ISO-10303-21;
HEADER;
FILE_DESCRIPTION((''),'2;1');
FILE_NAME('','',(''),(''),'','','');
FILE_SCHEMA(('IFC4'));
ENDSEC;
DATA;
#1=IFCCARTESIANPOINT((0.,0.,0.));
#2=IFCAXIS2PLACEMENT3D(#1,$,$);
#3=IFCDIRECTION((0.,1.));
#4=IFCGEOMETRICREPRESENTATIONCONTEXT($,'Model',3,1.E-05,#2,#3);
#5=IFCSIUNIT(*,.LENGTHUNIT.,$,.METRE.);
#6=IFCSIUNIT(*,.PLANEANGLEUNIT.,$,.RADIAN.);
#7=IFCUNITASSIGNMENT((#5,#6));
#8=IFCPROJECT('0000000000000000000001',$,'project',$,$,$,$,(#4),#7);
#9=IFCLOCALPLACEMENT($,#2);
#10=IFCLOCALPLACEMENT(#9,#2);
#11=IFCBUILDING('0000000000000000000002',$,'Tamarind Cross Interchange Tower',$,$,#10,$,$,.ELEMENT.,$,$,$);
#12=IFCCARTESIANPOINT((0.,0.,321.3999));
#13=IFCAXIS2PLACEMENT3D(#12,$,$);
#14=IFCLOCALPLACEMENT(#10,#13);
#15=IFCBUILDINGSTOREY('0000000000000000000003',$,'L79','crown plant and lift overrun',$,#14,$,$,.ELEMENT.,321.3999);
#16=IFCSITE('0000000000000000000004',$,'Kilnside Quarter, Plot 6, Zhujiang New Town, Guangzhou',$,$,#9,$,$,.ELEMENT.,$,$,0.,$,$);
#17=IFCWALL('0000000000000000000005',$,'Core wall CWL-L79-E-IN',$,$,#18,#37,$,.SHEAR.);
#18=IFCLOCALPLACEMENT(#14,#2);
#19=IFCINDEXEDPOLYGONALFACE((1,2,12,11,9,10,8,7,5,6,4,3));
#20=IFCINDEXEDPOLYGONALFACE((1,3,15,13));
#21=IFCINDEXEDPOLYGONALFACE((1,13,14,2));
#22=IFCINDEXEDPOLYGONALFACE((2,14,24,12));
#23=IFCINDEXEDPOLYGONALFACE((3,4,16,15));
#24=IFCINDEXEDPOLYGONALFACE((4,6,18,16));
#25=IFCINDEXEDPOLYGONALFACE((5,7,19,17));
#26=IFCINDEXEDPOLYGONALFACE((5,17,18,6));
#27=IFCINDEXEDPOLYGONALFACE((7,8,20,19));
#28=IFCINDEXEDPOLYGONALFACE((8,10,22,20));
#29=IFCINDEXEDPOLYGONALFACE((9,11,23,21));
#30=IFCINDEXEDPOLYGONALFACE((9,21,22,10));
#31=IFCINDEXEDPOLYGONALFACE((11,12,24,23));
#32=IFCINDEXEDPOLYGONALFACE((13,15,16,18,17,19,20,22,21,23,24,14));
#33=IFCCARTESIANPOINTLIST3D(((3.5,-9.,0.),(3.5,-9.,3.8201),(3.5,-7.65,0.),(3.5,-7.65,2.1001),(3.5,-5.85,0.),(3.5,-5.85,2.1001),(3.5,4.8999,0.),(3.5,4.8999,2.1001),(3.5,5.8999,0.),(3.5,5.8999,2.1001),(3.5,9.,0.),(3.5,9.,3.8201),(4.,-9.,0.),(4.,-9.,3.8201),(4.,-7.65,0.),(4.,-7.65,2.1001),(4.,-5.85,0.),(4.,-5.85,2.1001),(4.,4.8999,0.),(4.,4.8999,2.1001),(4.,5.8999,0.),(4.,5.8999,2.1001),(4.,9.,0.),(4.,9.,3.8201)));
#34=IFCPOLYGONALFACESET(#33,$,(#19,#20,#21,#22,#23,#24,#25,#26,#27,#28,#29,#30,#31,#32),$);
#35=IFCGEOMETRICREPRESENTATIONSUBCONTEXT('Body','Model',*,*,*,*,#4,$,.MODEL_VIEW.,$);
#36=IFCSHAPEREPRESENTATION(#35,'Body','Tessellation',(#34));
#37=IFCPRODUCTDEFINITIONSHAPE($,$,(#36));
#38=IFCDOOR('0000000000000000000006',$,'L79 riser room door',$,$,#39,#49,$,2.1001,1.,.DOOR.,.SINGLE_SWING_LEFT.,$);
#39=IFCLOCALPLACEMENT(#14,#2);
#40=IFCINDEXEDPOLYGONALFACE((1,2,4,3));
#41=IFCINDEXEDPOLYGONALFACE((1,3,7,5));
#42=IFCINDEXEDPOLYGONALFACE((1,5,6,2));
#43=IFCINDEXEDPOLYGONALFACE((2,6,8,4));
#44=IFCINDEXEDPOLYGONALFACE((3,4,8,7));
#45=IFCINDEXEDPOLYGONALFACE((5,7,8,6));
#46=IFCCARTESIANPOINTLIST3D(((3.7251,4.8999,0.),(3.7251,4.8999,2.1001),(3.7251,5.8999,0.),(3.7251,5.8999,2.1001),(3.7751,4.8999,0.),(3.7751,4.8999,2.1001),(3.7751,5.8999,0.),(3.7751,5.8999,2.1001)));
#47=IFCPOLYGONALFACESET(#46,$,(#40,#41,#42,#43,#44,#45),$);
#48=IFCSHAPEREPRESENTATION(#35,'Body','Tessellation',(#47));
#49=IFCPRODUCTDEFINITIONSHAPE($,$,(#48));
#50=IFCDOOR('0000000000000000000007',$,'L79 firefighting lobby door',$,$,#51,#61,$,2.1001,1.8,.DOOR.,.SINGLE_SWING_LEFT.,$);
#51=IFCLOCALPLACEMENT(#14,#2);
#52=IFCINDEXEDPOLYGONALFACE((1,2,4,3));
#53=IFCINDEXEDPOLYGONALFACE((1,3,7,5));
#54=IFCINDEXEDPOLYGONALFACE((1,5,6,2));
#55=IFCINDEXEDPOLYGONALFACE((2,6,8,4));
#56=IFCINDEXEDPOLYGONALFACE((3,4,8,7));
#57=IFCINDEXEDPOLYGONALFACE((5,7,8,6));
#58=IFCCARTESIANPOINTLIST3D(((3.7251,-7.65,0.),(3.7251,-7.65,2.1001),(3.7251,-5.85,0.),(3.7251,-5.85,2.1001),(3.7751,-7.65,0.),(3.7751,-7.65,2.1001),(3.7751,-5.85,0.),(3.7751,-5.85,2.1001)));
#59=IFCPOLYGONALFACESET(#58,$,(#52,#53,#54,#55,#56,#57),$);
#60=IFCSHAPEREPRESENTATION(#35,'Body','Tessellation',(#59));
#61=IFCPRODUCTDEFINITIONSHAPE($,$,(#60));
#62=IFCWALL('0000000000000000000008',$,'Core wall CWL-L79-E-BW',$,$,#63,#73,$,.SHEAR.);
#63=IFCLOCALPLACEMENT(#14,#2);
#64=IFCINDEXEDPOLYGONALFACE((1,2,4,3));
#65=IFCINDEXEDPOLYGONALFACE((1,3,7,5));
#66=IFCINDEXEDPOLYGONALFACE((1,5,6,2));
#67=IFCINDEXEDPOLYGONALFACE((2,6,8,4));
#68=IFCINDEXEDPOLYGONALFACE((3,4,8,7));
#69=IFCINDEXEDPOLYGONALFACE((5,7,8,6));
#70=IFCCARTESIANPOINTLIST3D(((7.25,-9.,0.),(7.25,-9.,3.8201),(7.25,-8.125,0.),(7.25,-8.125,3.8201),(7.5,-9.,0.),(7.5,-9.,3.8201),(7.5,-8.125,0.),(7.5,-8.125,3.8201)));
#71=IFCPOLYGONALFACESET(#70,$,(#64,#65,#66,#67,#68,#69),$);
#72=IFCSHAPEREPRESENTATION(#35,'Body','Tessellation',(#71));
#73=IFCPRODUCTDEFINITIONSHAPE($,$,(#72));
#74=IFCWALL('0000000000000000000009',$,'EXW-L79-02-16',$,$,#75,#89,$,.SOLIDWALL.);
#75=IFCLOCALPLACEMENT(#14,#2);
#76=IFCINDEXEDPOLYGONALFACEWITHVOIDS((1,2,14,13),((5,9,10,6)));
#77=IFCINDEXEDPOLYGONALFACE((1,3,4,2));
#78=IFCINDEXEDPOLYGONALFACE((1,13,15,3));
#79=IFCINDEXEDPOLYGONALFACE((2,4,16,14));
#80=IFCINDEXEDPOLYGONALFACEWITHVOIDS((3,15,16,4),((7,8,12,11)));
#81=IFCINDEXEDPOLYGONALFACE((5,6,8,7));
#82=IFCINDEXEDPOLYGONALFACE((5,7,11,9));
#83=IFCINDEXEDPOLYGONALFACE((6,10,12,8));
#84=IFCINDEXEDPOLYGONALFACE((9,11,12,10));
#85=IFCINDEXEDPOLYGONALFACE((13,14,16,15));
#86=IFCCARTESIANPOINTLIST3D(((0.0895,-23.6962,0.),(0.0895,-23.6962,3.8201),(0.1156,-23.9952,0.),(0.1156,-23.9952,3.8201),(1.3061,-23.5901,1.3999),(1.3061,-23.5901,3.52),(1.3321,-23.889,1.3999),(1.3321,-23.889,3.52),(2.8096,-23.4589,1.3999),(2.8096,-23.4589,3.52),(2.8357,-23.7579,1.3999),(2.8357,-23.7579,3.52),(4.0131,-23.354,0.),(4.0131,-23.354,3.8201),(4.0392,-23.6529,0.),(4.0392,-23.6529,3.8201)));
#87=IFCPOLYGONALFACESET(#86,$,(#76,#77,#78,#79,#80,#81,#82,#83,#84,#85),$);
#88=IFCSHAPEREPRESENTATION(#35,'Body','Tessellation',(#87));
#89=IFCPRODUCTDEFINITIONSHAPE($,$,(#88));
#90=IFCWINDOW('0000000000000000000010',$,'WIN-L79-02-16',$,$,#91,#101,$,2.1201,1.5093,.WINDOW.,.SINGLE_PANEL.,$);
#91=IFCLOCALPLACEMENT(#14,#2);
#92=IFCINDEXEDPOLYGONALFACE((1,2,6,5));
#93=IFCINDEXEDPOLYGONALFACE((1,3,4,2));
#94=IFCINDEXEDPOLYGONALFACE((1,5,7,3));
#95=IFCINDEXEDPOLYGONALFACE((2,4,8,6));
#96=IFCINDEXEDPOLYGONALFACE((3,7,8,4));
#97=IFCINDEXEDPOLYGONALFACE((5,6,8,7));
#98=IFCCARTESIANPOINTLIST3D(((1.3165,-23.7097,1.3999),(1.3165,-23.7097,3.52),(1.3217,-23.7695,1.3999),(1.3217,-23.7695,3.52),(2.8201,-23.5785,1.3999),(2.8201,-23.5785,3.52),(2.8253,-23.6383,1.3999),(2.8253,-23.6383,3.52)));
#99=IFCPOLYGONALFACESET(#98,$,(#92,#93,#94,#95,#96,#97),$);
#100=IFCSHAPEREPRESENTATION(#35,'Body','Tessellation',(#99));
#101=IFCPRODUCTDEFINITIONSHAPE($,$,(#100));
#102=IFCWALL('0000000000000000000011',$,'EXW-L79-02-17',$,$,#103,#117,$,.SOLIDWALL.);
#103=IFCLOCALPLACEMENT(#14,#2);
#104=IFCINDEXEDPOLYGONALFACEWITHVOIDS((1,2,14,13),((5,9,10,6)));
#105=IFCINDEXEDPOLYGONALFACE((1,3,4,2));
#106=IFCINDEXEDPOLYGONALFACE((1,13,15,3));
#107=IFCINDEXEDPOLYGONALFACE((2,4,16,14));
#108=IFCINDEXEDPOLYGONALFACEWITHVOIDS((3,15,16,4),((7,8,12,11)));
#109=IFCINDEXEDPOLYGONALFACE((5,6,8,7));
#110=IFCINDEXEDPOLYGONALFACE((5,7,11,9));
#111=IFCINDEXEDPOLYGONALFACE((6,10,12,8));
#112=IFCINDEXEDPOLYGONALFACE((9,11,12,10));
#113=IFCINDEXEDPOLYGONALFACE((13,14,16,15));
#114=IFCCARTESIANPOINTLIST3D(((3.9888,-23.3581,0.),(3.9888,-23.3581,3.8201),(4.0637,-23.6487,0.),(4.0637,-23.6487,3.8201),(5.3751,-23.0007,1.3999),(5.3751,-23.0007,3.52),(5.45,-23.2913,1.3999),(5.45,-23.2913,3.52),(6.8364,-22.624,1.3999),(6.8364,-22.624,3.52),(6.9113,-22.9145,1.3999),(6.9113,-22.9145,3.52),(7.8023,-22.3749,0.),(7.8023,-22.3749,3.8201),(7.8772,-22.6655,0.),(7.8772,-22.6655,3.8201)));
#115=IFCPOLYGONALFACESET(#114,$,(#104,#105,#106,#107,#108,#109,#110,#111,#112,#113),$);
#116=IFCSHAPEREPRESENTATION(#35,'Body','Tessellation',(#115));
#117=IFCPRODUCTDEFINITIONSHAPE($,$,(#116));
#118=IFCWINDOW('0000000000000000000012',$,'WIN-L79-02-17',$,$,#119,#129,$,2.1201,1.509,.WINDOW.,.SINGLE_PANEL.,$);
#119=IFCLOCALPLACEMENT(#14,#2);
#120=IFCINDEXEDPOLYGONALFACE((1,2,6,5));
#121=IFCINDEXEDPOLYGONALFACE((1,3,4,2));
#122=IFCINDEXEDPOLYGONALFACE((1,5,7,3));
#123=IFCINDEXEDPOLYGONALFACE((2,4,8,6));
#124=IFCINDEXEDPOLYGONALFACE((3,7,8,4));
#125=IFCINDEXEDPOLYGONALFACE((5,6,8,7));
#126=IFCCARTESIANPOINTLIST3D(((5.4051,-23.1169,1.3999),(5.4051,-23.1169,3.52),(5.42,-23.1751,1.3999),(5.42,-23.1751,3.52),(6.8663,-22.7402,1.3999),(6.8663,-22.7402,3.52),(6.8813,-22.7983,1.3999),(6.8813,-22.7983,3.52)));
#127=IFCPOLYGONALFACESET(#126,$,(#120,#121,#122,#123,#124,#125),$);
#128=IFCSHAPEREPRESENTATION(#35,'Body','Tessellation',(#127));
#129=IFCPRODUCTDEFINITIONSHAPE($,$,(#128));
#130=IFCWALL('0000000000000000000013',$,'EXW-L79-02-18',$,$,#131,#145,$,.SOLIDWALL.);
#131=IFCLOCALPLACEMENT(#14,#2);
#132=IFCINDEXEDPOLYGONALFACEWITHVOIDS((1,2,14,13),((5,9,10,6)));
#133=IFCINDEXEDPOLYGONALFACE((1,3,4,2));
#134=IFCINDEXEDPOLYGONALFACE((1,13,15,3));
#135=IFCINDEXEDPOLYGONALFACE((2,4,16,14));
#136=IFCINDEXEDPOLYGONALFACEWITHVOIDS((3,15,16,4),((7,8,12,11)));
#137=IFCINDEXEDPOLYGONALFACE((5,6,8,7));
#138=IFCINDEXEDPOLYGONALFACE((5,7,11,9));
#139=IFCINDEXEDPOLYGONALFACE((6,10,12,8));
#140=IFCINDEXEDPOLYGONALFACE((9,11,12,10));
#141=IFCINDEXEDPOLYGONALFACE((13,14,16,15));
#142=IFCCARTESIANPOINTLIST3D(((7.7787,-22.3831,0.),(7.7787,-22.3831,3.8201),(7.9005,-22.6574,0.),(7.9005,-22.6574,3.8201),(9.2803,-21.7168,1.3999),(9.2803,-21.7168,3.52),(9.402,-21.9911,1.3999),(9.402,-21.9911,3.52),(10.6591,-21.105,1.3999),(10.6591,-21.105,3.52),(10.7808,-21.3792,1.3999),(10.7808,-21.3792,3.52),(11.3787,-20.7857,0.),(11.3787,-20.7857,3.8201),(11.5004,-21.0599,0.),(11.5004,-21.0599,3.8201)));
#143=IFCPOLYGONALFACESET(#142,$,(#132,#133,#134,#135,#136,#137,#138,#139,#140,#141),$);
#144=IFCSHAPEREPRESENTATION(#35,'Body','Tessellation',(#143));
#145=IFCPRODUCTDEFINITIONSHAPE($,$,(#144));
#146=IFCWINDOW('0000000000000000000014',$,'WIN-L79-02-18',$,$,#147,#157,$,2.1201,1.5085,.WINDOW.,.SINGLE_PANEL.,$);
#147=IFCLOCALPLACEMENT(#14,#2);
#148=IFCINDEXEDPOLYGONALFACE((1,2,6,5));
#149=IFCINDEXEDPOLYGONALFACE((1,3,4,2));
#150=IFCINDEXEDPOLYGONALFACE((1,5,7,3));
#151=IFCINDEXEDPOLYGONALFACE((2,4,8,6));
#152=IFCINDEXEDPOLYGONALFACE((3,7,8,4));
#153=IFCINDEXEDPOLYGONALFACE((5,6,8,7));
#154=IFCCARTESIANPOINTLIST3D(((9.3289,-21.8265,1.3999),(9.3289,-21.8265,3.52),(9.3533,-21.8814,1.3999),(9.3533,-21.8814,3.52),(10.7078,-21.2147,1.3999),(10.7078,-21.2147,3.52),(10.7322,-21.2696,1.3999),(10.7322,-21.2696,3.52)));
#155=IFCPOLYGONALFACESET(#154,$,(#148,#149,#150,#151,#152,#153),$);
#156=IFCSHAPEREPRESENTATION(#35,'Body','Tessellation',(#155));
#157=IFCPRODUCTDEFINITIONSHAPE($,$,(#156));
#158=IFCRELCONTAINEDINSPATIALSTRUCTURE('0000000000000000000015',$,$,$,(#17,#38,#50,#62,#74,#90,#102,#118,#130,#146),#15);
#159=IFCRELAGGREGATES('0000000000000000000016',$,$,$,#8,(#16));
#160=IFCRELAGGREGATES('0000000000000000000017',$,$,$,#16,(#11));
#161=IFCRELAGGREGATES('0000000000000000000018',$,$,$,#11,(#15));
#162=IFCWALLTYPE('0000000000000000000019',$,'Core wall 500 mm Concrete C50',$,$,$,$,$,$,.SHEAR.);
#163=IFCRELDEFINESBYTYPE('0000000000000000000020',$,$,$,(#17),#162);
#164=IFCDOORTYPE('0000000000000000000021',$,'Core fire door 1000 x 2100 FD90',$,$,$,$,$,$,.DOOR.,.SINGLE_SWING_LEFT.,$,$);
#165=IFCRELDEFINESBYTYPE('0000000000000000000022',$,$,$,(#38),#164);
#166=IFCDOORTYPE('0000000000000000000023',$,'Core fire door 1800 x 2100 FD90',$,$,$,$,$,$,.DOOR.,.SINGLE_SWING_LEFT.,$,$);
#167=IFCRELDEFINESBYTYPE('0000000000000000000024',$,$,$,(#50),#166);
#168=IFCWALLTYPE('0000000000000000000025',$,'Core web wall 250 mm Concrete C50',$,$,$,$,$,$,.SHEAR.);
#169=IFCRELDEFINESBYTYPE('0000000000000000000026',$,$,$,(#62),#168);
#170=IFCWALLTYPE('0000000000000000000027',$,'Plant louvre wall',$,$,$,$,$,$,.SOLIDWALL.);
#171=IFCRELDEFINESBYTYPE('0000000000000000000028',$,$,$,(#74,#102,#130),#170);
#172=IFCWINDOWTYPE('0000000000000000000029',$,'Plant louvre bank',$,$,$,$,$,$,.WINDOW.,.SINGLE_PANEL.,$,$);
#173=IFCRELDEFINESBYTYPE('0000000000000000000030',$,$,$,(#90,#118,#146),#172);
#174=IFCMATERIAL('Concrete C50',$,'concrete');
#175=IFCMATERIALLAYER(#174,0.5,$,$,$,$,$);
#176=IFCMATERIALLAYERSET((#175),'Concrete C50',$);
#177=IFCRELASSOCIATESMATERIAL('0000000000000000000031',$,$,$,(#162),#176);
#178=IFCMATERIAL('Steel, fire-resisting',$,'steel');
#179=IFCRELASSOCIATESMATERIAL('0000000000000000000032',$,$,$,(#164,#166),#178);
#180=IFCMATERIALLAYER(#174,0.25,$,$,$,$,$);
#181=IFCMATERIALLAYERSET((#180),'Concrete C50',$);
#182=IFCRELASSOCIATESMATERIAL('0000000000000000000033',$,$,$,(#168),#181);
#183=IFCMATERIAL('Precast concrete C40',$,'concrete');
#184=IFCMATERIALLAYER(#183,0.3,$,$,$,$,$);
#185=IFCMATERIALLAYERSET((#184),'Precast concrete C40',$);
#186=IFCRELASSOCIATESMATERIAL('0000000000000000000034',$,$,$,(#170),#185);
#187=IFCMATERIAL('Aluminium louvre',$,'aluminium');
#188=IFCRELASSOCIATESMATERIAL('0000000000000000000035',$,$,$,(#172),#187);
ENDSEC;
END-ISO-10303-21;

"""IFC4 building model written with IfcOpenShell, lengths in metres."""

from ifc_helpers import new_model, si_unit, direction, frame, frame_2d, origin, place, context, subcontext, project, spatial, rectangle, extrude, material, layer, layer_set, type_object, element, fill, save


model = new_model("IFC4")

# Units and contexts
model_context = context("Model", 3, precision=1e-05, world=origin(), true_north=direction((0.0, 1.0)))
body_context = subcontext(model_context, "Body", "Model", "MODEL_VIEW")
ifc_project = project(units=[si_unit("LENGTHUNIT", "METRE"), si_unit("PLANEANGLEUNIT", "RADIAN")], contexts=[model_context])

# Site, building, storey
site_placement = place(None, origin())
site = spatial("IfcSite", under=ifc_project, at=site_placement, Name="Kilnside Quarter, Plot 6, Zhujiang New Town, Guangzhou", CompositionType="ELEMENT", RefElevation=0.0)
building_placement = place(site_placement, origin())
building = spatial("IfcBuilding", under=site, at=building_placement, Name="Tamarind Cross Interchange Tower", CompositionType="ELEMENT")
storey_placement = place(building_placement, frame((0.0, 0.0, 321.3999)))
storey = spatial("IfcBuildingStorey", under=building, at=storey_placement, Name="L79", Description="crown plant and lift overrun", CompositionType="ELEMENT", Elevation=321.3999)

# Wall, openings, doors
ifc_material_1 = material(Name="Concrete C50", Category="concrete")
ifc_layer_1 = layer(ifc_material_1, 0.5)
ifc_layer_set_1 = layer_set([ifc_layer_1], Name="Concrete C50")
wall_type_1 = type_object("IfcWallType", Name="Core wall 500 mm Concrete C50", PredefinedType="SHEAR", material=ifc_layer_set_1)
wall_1_placement = place(storey_placement, frame((3.75, -9.0, 0.0), z_axis=(0.0, 0.0, 1.0), x_axis=(0.0, 1.0, 0.0)))
wall_1 = element("IfcWall", 1, at=wall_1_placement, inside=storey, type_object=wall_type_1, Name="Core wall CWL-L79-E-IN", PredefinedType="SHEAR", context=body_context, shape_type="SweptSolid", body=[
    extrude(rectangle(XDim=18.0, YDim=0.5, at=frame_2d((9.0, 0.0))), origin(), (0.0, 0.0, 1.0), 3.8201),
])
opening_1_placement = place(wall_1_placement, frame((1.3501, 0.0, 0.0)))
opening_1 = element("IfcOpeningElement", 2, at=opening_1_placement, cuts=wall_1, PredefinedType="OPENING", context=body_context, shape_type="SweptSolid", body=[
    extrude(rectangle(XDim=1.8, YDim=2.1001, at=frame_2d((0.8999, 1.05))), frame((0.0, 0.26, 0.0), z_axis=(0.0, -1.0, 0.0), x_axis=(1.0, 0.0, 0.0)), (0.0, 0.0, 1.0), 0.52),
])
opening_2_placement = place(wall_1_placement, frame((13.8999, 0.0, 0.0)))
opening_2 = element("IfcOpeningElement", 3, at=opening_2_placement, cuts=wall_1, PredefinedType="OPENING", context=body_context, shape_type="SweptSolid", body=[
    extrude(rectangle(XDim=1.0, YDim=2.1001, at=frame_2d((0.5, 1.05))), frame((0.0, 0.26, 0.0), z_axis=(0.0, -1.0, 0.0), x_axis=(1.0, 0.0, 0.0)), (0.0, 0.0, 1.0), 0.52),
])
ifc_material_2 = material(Name="Steel, fire-resisting", Category="steel")
door_type_1 = type_object("IfcDoorType", Name="Core fire door 1000 x 2100 FD90", OperationType="SINGLE_SWING_LEFT", PredefinedType="DOOR", material=ifc_material_2)
door_1_placement = place(opening_2_placement, origin())
door_1 = element("IfcDoor", 4, at=door_1_placement, inside=storey, type_object=door_type_1, Name="L79 riser room door", OperationType="SINGLE_SWING_LEFT", OverallHeight=2.1001, OverallWidth=1.0, PredefinedType="DOOR", context=body_context, shape_type="SweptSolid", body=[
    extrude(rectangle(XDim=1.0, YDim=2.1001, at=frame_2d((0.5, 1.05))), frame((0.0, 0.0249, 0.0), z_axis=(0.0, -1.0, 0.0), x_axis=(1.0, 0.0, 0.0)), (0.0, 0.0, 1.0), 0.05),
])
fill(opening_2, door_1)
door_type_2 = type_object("IfcDoorType", Name="Core fire door 1800 x 2100 FD90", OperationType="SINGLE_SWING_LEFT", PredefinedType="DOOR", material=ifc_material_2)
door_2_placement = place(opening_1_placement, origin())
door_2 = element("IfcDoor", 5, at=door_2_placement, inside=storey, type_object=door_type_2, Name="L79 firefighting lobby door", OperationType="SINGLE_SWING_LEFT", OverallHeight=2.1001, OverallWidth=1.8, PredefinedType="DOOR", context=body_context, shape_type="SweptSolid", body=[
    extrude(rectangle(XDim=1.8, YDim=2.1001, at=frame_2d((0.8999, 1.05))), frame((0.0, 0.0249, 0.0), z_axis=(0.0, -1.0, 0.0), x_axis=(1.0, 0.0, 0.0)), (0.0, 0.0, 1.0), 0.05),
])
fill(opening_1, door_2)

# Wall
ifc_layer_2 = layer(ifc_material_1, 0.25)
ifc_layer_set_2 = layer_set([ifc_layer_2], Name="Concrete C50")
wall_type_2 = type_object("IfcWallType", Name="Core web wall 250 mm Concrete C50", PredefinedType="SHEAR", material=ifc_layer_set_2)
wall_2_placement = place(storey_placement, frame((7.375, -9.0, 0.0), z_axis=(0.0, 0.0, 1.0), x_axis=(0.0, 1.0, 0.0)))
element("IfcWall", 6, at=wall_2_placement, inside=storey, type_object=wall_type_2, Name="Core wall CWL-L79-E-BW", PredefinedType="SHEAR", context=body_context, shape_type="SweptSolid", body=[
    extrude(rectangle(XDim=0.875, YDim=0.25, at=frame_2d((0.4375, 0.0))), origin(), (0.0, 0.0, 1.0), 3.8201),
])

# Walls, openings, windows
ifc_material_3 = material(Name="Precast concrete C40", Category="concrete")
ifc_layer_3 = layer(ifc_material_3, 0.3)
ifc_layer_set_3 = layer_set([ifc_layer_3], Name="Precast concrete C40")
wall_type_3 = type_object("IfcWallType", Name="Plant louvre wall", PredefinedType="SOLIDWALL", material=ifc_layer_set_3)
wall_3_placement = place(storey_placement, frame((0.1025, -23.8457, 0.0), z_axis=(0.0, 0.0, 1.0), x_axis=(0.996216, 0.086908, 0.0)))
wall_3 = element("IfcWall", 7, at=wall_3_placement, inside=storey, type_object=wall_type_3, Name="EXW-L79-02-16", PredefinedType="SOLIDWALL", context=body_context, shape_type="SweptSolid", body=[
    extrude(rectangle(XDim=3.9385, YDim=0.3, at=frame_2d((1.9692, 0.0))), origin(), (0.0, 0.0, 1.0), 3.8201),
])
opening_3_placement = place(wall_3_placement, frame((1.2212, 0.0, 1.3999)))
opening_3 = element("IfcOpeningElement", 8, at=opening_3_placement, cuts=wall_3, PredefinedType="OPENING", context=body_context, shape_type="SweptSolid", body=[
    extrude(rectangle(XDim=1.5093, YDim=2.1201, at=frame_2d((0.7546, 1.0601))), frame((0.0, 0.1599, 0.0), z_axis=(0.0, -1.0, 0.0), x_axis=(1.0, 0.0, 0.0)), (0.0, 0.0, 1.0), 0.3201),
])
ifc_material_4 = material(Name="Aluminium louvre", Category="aluminium")
window_type = type_object("IfcWindowType", Name="Plant louvre bank", PartitioningType="SINGLE_PANEL", PredefinedType="WINDOW", material=ifc_material_4)
window_1_placement = place(opening_3_placement, origin())
window_1 = element("IfcWindow", 9, at=window_1_placement, inside=storey, type_object=window_type, Name="WIN-L79-02-16", OverallHeight=2.1201, OverallWidth=1.5093, PartitioningType="SINGLE_PANEL", PredefinedType="WINDOW", context=body_context, shape_type="SweptSolid", body=[
    extrude(rectangle(XDim=1.5093, YDim=2.1201, at=frame_2d((0.7546, 1.0601))), frame((0.0, 0.03, 0.0), z_axis=(0.0, -1.0, 0.0), x_axis=(1.0, 0.0, 0.0)), (0.0, 0.0, 1.0), 0.0601),
])
fill(opening_3, window_1)
wall_4_placement = place(storey_placement, frame((4.0261, -23.5034, 0.0), z_axis=(0.0, 0.0, 1.0), x_axis=(0.968337, 0.249647, 0.0)))
wall_4 = element("IfcWall", 10, at=wall_4_placement, inside=storey, type_object=wall_type_3, Name="EXW-L79-02-17", PredefinedType="SOLIDWALL", context=body_context, shape_type="SweptSolid", body=[
    extrude(rectangle(XDim=3.9382, YDim=0.3, at=frame_2d((1.9692, 0.0))), origin(), (0.0, 0.0, 1.0), 3.8201),
])
opening_4_placement = place(wall_4_placement, frame((1.4319, 0.0, 1.3999)))
opening_4 = element("IfcOpeningElement", 11, at=opening_4_placement, cuts=wall_4, PredefinedType="OPENING", context=body_context, shape_type="SweptSolid", body=[
    extrude(rectangle(XDim=1.509, YDim=2.1201, at=frame_2d((0.7544, 1.0601))), frame((0.0, 0.1599, 0.0), z_axis=(0.0, -1.0, 0.0), x_axis=(1.0, 0.0, 0.0)), (0.0, 0.0, 1.0), 0.3201),
])
window_2_placement = place(opening_4_placement, origin())
window_2 = element("IfcWindow", 12, at=window_2_placement, inside=storey, type_object=window_type, Name="WIN-L79-02-17", OverallHeight=2.1201, OverallWidth=1.509, PartitioningType="SINGLE_PANEL", PredefinedType="WINDOW", context=body_context, shape_type="SweptSolid", body=[
    extrude(rectangle(XDim=1.509, YDim=2.1201, at=frame_2d((0.7544, 1.0601))), frame((0.0, 0.03, 0.0), z_axis=(0.0, -1.0, 0.0), x_axis=(1.0, 0.0, 0.0)), (0.0, 0.0, 1.0), 0.0601),
])
fill(opening_4, window_2)
wall_5_placement = place(storey_placement, frame((7.8396, -22.5203, 0.0), z_axis=(0.0, 0.0, 1.0), x_axis=(0.914049, 0.405603, 0.0)))
wall_5 = element("IfcWall", 13, at=wall_5_placement, inside=storey, type_object=wall_type_3, Name="EXW-L79-02-18", PredefinedType="SOLIDWALL", context=body_context, shape_type="SweptSolid", body=[
    extrude(rectangle(XDim=3.9385, YDim=0.3, at=frame_2d((1.9692, 0.0))), origin(), (0.0, 0.0, 1.0), 3.8201),
])
opening_5_placement = place(wall_5_placement, frame((1.6426, 0.0, 1.3999)))
opening_5 = element("IfcOpeningElement", 14, at=opening_5_placement, cuts=wall_5, PredefinedType="OPENING", context=body_context, shape_type="SweptSolid", body=[
    extrude(rectangle(XDim=1.5085, YDim=2.1201, at=frame_2d((0.7544, 1.0601))), frame((0.0, 0.1599, 0.0), z_axis=(0.0, -1.0, 0.0), x_axis=(1.0, 0.0, 0.0)), (0.0, 0.0, 1.0), 0.3201),
])
window_3_placement = place(opening_5_placement, origin())
window_3 = element("IfcWindow", 15, at=window_3_placement, inside=storey, type_object=window_type, Name="WIN-L79-02-18", OverallHeight=2.1201, OverallWidth=1.5085, PartitioningType="SINGLE_PANEL", PredefinedType="WINDOW", context=body_context, shape_type="SweptSolid", body=[
    extrude(rectangle(XDim=1.5085, YDim=2.1201, at=frame_2d((0.7544, 1.0601))), frame((0.0, 0.03, 0.0), z_axis=(0.0, -1.0, 0.0), x_axis=(1.0, 0.0, 0.0)), (0.0, 0.0, 1.0), 0.0601),
])
fill(opening_5, window_3)

save(model, "model.ifc")
